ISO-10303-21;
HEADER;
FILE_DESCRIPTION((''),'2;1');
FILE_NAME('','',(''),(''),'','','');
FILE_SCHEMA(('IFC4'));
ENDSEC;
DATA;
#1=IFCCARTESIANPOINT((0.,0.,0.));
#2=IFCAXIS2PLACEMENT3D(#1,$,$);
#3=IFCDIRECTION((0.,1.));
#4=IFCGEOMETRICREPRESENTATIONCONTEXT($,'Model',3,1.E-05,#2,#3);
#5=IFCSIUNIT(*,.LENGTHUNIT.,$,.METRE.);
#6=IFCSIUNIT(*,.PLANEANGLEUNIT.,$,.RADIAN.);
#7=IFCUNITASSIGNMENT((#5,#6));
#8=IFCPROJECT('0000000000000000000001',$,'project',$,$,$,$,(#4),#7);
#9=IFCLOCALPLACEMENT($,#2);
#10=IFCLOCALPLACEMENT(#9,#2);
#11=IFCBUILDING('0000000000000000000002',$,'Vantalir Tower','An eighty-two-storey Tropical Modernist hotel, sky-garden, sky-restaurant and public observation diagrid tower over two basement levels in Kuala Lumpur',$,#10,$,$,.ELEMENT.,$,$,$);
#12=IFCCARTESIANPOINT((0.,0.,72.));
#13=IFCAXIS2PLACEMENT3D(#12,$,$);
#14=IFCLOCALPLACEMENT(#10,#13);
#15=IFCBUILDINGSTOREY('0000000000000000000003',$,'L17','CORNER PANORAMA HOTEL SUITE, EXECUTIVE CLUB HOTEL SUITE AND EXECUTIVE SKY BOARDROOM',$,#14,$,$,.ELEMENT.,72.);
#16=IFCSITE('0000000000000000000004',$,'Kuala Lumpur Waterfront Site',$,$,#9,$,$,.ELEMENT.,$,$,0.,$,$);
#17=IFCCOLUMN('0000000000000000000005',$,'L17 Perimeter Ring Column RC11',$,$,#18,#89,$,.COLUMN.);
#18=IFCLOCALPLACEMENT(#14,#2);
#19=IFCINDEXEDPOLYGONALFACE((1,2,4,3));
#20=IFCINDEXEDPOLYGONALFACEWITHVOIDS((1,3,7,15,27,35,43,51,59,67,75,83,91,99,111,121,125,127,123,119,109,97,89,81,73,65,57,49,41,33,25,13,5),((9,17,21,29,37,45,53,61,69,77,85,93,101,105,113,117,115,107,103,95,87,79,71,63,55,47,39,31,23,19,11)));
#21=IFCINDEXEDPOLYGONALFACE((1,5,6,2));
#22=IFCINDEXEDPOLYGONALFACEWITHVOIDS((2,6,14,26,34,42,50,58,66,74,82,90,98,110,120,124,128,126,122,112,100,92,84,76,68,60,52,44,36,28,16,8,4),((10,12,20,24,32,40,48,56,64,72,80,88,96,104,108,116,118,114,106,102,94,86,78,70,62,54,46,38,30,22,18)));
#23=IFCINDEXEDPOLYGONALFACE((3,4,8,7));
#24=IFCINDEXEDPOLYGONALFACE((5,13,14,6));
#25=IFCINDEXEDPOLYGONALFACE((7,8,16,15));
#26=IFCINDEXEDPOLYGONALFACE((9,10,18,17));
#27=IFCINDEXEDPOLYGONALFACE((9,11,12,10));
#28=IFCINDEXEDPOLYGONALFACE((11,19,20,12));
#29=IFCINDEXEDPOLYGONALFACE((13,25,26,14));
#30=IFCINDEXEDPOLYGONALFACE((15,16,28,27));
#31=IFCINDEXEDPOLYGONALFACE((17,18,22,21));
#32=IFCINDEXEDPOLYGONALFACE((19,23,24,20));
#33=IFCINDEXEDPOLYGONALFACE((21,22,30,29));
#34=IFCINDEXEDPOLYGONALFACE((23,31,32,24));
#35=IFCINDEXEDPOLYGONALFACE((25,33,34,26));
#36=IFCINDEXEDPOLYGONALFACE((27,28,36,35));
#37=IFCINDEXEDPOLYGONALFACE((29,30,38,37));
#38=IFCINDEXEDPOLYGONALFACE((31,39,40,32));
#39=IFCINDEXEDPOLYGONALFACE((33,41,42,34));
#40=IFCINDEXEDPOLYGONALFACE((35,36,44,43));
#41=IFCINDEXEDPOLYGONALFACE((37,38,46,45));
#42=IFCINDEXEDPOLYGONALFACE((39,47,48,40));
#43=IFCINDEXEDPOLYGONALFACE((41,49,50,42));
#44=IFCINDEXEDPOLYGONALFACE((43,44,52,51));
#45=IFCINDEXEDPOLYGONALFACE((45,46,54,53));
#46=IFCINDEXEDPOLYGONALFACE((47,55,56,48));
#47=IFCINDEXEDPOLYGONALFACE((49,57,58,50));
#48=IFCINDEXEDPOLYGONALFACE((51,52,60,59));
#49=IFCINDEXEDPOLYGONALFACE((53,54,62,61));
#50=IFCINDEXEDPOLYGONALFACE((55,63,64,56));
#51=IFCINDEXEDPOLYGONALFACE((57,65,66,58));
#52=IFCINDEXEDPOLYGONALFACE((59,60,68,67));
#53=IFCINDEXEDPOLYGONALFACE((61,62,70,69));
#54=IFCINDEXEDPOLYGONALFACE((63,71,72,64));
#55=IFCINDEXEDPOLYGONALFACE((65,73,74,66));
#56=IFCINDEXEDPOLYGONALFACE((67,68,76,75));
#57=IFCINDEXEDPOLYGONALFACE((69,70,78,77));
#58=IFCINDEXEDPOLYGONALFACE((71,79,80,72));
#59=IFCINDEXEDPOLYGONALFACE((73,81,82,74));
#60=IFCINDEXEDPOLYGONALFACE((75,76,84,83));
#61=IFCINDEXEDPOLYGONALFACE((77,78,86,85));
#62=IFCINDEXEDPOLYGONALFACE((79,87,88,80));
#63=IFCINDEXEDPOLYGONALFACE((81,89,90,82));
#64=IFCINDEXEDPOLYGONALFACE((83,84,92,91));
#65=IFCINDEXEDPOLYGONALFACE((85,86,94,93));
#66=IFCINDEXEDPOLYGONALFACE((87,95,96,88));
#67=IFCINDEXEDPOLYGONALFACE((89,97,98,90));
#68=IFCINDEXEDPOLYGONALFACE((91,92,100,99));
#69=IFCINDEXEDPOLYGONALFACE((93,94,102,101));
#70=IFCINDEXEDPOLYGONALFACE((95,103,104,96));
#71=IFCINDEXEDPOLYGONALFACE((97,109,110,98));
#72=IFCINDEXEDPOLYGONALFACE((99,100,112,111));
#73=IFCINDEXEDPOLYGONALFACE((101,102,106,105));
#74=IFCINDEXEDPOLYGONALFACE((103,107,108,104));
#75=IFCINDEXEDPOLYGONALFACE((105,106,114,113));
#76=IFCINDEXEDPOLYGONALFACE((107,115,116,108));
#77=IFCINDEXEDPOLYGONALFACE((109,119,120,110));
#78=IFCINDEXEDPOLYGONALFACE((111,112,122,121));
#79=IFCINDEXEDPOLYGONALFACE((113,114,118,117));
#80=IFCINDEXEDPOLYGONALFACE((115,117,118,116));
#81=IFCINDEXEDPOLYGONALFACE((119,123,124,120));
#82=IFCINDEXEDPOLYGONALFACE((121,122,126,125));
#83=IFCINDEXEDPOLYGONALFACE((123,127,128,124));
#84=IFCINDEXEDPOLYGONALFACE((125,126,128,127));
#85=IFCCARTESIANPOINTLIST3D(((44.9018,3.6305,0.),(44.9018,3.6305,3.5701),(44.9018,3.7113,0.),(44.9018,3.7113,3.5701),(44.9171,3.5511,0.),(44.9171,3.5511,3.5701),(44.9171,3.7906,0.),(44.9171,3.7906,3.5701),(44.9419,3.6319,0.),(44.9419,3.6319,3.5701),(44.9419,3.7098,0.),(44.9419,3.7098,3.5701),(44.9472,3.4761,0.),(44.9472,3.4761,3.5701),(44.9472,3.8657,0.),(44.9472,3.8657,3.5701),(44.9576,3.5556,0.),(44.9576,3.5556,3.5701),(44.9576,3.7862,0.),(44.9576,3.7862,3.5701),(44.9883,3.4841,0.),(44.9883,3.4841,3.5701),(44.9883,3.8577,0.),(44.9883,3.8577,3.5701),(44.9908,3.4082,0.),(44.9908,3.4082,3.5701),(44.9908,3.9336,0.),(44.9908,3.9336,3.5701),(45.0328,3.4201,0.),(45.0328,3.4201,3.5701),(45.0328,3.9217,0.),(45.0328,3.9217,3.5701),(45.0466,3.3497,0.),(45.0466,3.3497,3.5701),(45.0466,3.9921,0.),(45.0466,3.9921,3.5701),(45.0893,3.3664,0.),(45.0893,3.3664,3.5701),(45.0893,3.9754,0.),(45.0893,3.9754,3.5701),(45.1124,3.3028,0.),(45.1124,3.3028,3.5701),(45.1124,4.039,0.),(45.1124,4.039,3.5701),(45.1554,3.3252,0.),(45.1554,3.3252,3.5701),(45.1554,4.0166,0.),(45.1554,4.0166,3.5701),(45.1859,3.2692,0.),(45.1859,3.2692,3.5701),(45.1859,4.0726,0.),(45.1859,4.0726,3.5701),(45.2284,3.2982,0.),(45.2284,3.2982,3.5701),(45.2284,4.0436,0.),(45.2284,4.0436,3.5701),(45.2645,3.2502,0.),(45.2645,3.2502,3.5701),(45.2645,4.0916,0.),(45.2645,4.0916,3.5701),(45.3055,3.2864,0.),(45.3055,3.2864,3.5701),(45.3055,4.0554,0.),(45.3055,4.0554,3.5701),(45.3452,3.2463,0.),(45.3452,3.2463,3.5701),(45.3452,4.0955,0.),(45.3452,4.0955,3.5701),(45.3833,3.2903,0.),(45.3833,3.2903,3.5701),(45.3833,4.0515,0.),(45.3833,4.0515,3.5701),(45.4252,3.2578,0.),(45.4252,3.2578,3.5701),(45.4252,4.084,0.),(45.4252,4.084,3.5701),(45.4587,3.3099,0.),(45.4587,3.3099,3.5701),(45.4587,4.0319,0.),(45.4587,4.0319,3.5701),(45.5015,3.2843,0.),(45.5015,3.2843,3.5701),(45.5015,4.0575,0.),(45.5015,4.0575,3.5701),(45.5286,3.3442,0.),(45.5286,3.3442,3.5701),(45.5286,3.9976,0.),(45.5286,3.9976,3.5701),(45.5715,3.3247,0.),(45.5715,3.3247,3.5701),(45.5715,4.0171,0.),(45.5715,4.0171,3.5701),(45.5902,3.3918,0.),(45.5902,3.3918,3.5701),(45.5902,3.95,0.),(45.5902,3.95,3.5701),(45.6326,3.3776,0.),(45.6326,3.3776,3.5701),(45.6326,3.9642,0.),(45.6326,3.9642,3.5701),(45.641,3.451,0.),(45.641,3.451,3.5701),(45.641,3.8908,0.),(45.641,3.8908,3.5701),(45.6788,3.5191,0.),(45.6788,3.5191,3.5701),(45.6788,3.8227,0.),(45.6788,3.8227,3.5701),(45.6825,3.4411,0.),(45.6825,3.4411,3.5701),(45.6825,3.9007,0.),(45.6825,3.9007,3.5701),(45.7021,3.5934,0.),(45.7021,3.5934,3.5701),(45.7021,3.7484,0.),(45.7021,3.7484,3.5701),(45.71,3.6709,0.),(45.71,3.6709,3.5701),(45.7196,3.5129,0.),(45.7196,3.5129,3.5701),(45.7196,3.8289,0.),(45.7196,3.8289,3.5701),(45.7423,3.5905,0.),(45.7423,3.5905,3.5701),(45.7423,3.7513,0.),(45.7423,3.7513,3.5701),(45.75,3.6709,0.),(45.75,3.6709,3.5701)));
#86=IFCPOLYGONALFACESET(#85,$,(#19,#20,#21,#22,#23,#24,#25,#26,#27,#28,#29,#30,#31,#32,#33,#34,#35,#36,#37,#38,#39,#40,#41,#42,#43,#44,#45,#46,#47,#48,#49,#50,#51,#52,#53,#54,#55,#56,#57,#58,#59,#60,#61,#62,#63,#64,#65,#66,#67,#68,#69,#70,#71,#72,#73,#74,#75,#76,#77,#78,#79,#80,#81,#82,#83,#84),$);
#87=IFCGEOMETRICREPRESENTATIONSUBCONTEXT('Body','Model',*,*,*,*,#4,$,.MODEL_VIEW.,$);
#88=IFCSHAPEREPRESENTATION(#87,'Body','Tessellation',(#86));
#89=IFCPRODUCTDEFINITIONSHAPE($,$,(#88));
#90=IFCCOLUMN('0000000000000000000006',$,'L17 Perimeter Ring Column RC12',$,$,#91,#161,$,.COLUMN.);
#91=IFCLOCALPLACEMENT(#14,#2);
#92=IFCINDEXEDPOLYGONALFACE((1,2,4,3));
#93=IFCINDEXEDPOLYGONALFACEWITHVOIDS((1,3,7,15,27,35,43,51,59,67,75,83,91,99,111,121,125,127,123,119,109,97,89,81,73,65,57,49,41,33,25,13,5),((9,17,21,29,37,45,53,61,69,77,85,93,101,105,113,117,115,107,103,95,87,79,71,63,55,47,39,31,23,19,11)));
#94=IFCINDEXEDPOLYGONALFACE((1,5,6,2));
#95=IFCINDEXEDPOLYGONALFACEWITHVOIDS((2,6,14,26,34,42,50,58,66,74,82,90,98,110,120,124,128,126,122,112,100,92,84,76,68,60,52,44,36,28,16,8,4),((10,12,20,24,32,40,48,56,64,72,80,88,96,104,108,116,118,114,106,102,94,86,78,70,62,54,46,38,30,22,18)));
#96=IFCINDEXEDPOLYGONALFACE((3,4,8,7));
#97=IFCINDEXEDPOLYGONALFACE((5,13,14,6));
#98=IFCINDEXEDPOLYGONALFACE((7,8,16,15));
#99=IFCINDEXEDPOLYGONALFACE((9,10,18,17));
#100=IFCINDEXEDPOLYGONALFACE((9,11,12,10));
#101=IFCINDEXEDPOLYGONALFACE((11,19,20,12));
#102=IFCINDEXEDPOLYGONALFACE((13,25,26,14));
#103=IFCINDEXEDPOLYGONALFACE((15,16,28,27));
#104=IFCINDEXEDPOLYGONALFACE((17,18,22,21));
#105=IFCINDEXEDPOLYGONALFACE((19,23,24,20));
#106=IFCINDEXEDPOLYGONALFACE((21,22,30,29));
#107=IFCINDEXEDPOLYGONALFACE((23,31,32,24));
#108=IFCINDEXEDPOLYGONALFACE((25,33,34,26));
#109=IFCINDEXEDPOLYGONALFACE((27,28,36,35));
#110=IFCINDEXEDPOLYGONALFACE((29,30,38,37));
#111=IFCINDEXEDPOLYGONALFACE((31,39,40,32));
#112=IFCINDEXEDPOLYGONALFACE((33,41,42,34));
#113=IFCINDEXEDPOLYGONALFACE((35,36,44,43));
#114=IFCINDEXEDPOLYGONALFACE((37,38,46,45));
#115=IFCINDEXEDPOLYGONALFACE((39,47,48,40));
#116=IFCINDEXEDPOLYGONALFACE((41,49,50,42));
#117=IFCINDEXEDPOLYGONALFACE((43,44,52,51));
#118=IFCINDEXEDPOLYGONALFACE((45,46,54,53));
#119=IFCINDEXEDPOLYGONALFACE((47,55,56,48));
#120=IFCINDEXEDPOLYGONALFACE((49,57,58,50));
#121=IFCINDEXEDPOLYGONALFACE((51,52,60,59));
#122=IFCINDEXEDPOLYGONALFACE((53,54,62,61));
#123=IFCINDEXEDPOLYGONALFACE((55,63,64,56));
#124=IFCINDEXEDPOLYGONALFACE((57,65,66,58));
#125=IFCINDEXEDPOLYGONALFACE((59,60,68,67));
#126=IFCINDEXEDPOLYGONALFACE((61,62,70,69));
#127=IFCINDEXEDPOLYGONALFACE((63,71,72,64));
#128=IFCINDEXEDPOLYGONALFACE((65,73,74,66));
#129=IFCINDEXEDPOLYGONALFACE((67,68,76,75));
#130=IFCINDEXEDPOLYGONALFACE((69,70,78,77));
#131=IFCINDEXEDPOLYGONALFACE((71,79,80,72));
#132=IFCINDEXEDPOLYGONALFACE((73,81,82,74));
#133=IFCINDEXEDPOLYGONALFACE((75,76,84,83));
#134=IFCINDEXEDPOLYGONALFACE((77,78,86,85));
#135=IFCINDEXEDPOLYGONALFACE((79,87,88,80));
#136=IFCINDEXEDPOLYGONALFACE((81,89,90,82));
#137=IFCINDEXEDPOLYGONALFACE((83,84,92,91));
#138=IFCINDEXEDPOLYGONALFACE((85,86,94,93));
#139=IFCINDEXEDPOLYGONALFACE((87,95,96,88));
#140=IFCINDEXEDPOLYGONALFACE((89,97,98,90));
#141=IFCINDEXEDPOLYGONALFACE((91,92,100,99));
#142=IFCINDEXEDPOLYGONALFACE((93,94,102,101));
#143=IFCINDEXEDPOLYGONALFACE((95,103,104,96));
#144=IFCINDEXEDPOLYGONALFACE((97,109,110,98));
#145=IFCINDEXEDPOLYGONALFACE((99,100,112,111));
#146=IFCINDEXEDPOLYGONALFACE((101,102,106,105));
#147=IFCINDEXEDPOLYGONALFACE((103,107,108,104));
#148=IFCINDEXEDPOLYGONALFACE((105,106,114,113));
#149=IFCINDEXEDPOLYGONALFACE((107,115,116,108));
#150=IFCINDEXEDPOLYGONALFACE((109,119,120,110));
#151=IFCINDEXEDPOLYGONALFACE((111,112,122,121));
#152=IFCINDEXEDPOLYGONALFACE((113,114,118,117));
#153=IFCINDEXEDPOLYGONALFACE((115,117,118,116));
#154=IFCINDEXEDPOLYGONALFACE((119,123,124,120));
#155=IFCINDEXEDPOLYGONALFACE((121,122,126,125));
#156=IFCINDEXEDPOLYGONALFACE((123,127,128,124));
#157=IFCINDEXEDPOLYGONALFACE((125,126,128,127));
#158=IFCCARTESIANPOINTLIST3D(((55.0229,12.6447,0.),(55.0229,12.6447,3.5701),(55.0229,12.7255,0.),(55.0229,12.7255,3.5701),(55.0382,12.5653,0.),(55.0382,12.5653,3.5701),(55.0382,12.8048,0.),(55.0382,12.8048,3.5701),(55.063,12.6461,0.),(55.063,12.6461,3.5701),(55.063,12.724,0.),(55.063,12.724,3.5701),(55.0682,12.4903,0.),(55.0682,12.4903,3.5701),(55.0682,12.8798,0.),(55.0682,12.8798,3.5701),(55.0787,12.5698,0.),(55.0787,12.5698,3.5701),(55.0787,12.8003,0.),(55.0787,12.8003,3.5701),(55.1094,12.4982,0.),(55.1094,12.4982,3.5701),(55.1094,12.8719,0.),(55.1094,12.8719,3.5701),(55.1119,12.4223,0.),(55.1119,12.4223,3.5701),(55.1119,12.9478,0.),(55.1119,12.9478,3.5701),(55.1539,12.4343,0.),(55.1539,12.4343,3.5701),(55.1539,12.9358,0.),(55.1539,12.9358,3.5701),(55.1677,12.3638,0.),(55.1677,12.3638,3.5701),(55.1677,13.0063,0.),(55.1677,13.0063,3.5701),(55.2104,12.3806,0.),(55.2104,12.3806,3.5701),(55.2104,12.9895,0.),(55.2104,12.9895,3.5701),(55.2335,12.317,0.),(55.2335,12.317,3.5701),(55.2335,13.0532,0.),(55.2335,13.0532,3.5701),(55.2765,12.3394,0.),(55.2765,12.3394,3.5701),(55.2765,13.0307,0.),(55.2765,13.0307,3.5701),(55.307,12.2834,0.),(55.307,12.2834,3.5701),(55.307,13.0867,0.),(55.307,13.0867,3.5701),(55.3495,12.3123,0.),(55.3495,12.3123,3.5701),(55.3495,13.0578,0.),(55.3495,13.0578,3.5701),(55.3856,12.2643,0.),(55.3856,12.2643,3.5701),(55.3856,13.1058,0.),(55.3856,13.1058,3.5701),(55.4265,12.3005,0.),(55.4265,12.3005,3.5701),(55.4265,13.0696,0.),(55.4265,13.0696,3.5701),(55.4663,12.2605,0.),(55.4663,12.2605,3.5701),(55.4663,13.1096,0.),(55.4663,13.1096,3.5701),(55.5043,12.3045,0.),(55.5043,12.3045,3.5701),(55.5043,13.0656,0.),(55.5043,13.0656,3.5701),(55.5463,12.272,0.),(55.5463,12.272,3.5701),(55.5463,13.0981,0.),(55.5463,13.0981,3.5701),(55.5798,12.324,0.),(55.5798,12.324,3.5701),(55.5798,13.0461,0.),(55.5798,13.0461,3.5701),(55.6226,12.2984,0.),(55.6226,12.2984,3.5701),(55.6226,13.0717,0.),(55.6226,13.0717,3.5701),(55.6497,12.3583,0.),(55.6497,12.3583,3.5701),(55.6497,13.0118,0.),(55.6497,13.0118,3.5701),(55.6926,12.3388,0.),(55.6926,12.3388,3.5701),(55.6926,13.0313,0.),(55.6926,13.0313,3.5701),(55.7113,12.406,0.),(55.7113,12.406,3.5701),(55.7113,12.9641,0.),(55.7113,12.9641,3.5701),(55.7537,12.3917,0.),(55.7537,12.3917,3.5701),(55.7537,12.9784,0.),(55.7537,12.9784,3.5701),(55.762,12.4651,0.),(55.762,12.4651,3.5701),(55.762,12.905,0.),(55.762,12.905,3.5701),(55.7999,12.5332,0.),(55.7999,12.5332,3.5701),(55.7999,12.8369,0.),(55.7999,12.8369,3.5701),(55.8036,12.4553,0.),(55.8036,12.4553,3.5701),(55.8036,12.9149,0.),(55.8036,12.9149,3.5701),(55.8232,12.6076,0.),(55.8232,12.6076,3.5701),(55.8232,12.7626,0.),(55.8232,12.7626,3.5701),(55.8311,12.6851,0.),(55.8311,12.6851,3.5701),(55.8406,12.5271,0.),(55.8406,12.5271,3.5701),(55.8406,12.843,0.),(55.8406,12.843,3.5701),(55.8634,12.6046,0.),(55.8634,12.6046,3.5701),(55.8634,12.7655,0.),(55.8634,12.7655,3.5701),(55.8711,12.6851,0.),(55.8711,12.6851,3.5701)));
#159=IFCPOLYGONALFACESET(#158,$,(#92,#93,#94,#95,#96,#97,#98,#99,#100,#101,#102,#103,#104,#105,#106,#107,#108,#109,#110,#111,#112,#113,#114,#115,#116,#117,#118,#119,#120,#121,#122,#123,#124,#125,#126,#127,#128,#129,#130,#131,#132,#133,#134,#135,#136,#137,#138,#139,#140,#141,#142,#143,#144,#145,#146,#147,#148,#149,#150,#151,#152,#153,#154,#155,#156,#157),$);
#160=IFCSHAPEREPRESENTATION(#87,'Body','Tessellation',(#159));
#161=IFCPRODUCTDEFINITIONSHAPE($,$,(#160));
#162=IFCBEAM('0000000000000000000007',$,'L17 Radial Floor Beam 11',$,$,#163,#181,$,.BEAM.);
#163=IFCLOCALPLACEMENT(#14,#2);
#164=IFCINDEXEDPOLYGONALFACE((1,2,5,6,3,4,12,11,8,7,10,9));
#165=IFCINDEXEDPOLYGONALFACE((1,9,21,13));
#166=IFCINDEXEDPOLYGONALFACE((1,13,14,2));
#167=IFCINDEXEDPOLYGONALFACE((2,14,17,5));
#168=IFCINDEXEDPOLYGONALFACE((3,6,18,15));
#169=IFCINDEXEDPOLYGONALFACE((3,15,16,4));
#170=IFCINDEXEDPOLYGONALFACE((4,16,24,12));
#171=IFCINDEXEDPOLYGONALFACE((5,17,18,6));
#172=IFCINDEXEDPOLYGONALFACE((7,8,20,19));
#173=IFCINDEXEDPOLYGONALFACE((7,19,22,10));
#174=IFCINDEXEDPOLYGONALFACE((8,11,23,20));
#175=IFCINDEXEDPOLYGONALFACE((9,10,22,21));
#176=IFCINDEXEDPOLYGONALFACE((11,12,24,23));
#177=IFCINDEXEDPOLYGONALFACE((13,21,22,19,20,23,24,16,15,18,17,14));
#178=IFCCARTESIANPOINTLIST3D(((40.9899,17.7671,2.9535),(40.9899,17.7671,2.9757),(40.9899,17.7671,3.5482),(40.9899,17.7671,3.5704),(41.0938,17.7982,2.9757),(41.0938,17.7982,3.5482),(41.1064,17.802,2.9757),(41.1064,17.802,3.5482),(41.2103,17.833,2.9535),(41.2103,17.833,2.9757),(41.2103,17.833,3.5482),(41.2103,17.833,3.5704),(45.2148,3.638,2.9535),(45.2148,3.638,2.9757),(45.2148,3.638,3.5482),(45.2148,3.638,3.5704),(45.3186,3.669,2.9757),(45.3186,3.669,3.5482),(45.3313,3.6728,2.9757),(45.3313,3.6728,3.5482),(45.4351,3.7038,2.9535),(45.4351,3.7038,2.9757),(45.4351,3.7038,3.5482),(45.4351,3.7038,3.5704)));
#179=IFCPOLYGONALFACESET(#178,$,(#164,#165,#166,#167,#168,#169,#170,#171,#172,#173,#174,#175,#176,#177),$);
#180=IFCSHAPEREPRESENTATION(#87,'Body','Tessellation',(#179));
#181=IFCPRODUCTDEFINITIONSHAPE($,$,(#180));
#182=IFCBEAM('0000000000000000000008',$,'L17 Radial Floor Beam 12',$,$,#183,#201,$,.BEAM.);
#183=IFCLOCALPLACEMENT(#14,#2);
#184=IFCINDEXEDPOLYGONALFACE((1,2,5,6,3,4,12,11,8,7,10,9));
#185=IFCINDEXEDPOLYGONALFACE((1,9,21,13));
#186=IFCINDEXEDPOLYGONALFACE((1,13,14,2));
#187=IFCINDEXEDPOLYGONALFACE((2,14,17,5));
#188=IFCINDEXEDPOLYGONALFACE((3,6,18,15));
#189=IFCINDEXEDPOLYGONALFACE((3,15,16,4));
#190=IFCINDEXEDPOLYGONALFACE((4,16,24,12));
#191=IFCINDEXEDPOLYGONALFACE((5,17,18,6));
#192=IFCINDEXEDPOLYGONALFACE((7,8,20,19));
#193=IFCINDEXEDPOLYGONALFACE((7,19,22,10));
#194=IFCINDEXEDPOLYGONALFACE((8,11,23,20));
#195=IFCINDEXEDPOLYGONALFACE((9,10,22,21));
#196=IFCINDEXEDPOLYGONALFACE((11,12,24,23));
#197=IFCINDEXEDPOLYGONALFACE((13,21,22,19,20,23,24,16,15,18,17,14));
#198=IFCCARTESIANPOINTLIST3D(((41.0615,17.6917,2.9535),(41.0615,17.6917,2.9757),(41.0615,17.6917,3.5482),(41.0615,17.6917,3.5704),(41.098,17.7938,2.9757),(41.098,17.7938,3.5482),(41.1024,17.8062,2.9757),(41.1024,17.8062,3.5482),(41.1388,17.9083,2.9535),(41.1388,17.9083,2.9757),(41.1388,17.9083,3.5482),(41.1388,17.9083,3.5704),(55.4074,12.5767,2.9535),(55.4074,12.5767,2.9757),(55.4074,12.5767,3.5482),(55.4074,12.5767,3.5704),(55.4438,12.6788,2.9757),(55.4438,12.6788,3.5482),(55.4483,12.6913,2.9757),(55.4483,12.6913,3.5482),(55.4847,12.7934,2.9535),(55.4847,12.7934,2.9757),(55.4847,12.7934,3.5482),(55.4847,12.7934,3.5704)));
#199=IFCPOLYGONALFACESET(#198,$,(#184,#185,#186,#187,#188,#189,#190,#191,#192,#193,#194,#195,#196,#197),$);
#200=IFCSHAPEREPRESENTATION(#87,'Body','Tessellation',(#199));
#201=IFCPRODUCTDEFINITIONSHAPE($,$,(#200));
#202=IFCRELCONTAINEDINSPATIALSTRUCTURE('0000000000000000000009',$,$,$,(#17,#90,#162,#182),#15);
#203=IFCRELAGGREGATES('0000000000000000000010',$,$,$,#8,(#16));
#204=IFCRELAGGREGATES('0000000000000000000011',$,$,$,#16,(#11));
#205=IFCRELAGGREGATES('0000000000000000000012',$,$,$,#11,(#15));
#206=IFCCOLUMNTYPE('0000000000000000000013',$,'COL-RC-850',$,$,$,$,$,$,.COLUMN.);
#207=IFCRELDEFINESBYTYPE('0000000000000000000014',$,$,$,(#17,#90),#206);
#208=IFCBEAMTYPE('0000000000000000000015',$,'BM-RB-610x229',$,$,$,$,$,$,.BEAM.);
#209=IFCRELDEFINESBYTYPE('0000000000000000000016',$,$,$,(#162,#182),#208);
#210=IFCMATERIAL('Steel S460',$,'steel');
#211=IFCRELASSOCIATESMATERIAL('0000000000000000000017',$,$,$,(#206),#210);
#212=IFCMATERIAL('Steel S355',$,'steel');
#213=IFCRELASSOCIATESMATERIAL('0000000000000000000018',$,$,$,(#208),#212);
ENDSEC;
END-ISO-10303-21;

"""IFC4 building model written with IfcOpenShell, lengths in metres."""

from ifc_helpers import new_model, si_unit, direction, frame, origin, origin_2d, place, context, subcontext, project, spatial, hollow_circle, i_section, extrude, material, material_profile, profile_set, type_object, element, save


model = new_model("IFC4")

# Units and contexts
model_context = context("Model", 3, precision=1e-05, world=origin(), true_north=direction((0.0, 1.0)))
body_context = subcontext(model_context, "Body", "Model", "MODEL_VIEW")
ifc_project = project(units=[si_unit("LENGTHUNIT", "METRE"), si_unit("PLANEANGLEUNIT", "RADIAN")], contexts=[model_context])

# Site, building, storey
site_placement = place(None, origin())
site = spatial("IfcSite", under=ifc_project, at=site_placement, Name="Kuala Lumpur Waterfront Site", CompositionType="ELEMENT", RefElevation=0.0)
building_placement = place(site_placement, origin())
building = spatial("IfcBuilding", under=site, at=building_placement, Name="Vantalir Tower", Description="An eighty-two-storey Tropical Modernist hotel, sky-garden, sky-restaurant and public observation diagrid tower over two basement levels in Kuala Lumpur", CompositionType="ELEMENT")
storey_placement = place(building_placement, frame((0.0, 0.0, 72.0)))
storey = spatial("IfcBuildingStorey", under=building, at=storey_placement, Name="L17", Description="CORNER PANORAMA HOTEL SUITE, EXECUTIVE CLUB HOTEL SUITE AND EXECUTIVE SKY BOARDROOM", CompositionType="ELEMENT", Elevation=72.0)

# Columns
ifc_material_1 = material(Name="Steel S460", Category="steel")
ifc_material_profile_1 = material_profile(ifc_material_1, hollow_circle(Radius=0.425, WallThickness=0.04, at=origin_2d()), Name="Steel S460")
ifc_profile_set_1 = profile_set([ifc_material_profile_1], Name="Steel S460")
column_type = type_object("IfcColumnType", Name="COL-RC-850", PredefinedType="COLUMN", material=ifc_profile_set_1)
for number, where, z_axis, x_axis, name in (
    (1, (45.325, 3.6709, 0.0), (0.0, 0.0, 1.0), (1.0, 0.0, 0.0), "L17 Perimeter Ring Column RC11"),
    (2, (55.446, 12.6851, 0.0), (0.0, 0.0, 1.0), (1.0, 0.0, 0.0), "L17 Perimeter Ring Column RC12"),
):
    element("IfcColumn", number, at=place(storey_placement, frame(where, z_axis=z_axis, x_axis=x_axis)), inside=storey, type_object=column_type, Name=name, PredefinedType="COLUMN", context=body_context, shape_type="SweptSolid", body=[
        extrude(hollow_circle(Radius=0.425, WallThickness=0.04, at=origin_2d()), origin(), (0.0, 0.0, 1.0), 3.5701),
    ])

# Beams
ifc_material_2 = material(Name="Steel S355", Category="steel")
ifc_material_profile_2 = material_profile(ifc_material_2, i_section(OverallWidth=0.23, OverallDepth=0.6169, WebThickness=0.0132, FlangeThickness=0.0222, at=origin_2d()), Name="Steel S355")
ifc_profile_set_2 = profile_set([ifc_material_profile_2], Name="Steel S355")
beam_type_1 = type_object("IfcBeamType", Name="BM-RB-610x229", PredefinedType="BEAM", material=ifc_profile_set_2)
beam_1_placement = place(storey_placement, frame((45.325, 3.6709, 3.262), z_axis=(-0.286484, 0.958085, 0.0), x_axis=(-0.958085, -0.286484, 0.0)))
element("IfcBeam", 3, at=beam_1_placement, inside=storey, type_object=beam_type_1, Name="L17 Radial Floor Beam 11", PredefinedType="BEAM", context=body_context, shape_type="SweptSolid", body=[
    extrude(i_section(OverallWidth=0.23, OverallDepth=0.6169, WebThickness=0.0132, FlangeThickness=0.0222, at=origin_2d()), origin(), (0.0, 0.0, 1.0), 14.7473),
])
beam_2_placement = place(storey_placement, frame((55.446, 12.6851, 3.262), z_axis=(-0.94192, 0.335838, 0.0), x_axis=(-0.335838, -0.94192, 0.0)))
element("IfcBeam", 4, at=beam_2_placement, inside=storey, type_object=beam_type_1, Name="L17 Radial Floor Beam 12", PredefinedType="BEAM", context=body_context, shape_type="SweptSolid", body=[
    extrude(i_section(OverallWidth=0.23, OverallDepth=0.6169, WebThickness=0.0132, FlangeThickness=0.0222, at=origin_2d()), origin(), (0.0, 0.0, 1.0), 15.2305),
])

save(model, "model.ifc")
